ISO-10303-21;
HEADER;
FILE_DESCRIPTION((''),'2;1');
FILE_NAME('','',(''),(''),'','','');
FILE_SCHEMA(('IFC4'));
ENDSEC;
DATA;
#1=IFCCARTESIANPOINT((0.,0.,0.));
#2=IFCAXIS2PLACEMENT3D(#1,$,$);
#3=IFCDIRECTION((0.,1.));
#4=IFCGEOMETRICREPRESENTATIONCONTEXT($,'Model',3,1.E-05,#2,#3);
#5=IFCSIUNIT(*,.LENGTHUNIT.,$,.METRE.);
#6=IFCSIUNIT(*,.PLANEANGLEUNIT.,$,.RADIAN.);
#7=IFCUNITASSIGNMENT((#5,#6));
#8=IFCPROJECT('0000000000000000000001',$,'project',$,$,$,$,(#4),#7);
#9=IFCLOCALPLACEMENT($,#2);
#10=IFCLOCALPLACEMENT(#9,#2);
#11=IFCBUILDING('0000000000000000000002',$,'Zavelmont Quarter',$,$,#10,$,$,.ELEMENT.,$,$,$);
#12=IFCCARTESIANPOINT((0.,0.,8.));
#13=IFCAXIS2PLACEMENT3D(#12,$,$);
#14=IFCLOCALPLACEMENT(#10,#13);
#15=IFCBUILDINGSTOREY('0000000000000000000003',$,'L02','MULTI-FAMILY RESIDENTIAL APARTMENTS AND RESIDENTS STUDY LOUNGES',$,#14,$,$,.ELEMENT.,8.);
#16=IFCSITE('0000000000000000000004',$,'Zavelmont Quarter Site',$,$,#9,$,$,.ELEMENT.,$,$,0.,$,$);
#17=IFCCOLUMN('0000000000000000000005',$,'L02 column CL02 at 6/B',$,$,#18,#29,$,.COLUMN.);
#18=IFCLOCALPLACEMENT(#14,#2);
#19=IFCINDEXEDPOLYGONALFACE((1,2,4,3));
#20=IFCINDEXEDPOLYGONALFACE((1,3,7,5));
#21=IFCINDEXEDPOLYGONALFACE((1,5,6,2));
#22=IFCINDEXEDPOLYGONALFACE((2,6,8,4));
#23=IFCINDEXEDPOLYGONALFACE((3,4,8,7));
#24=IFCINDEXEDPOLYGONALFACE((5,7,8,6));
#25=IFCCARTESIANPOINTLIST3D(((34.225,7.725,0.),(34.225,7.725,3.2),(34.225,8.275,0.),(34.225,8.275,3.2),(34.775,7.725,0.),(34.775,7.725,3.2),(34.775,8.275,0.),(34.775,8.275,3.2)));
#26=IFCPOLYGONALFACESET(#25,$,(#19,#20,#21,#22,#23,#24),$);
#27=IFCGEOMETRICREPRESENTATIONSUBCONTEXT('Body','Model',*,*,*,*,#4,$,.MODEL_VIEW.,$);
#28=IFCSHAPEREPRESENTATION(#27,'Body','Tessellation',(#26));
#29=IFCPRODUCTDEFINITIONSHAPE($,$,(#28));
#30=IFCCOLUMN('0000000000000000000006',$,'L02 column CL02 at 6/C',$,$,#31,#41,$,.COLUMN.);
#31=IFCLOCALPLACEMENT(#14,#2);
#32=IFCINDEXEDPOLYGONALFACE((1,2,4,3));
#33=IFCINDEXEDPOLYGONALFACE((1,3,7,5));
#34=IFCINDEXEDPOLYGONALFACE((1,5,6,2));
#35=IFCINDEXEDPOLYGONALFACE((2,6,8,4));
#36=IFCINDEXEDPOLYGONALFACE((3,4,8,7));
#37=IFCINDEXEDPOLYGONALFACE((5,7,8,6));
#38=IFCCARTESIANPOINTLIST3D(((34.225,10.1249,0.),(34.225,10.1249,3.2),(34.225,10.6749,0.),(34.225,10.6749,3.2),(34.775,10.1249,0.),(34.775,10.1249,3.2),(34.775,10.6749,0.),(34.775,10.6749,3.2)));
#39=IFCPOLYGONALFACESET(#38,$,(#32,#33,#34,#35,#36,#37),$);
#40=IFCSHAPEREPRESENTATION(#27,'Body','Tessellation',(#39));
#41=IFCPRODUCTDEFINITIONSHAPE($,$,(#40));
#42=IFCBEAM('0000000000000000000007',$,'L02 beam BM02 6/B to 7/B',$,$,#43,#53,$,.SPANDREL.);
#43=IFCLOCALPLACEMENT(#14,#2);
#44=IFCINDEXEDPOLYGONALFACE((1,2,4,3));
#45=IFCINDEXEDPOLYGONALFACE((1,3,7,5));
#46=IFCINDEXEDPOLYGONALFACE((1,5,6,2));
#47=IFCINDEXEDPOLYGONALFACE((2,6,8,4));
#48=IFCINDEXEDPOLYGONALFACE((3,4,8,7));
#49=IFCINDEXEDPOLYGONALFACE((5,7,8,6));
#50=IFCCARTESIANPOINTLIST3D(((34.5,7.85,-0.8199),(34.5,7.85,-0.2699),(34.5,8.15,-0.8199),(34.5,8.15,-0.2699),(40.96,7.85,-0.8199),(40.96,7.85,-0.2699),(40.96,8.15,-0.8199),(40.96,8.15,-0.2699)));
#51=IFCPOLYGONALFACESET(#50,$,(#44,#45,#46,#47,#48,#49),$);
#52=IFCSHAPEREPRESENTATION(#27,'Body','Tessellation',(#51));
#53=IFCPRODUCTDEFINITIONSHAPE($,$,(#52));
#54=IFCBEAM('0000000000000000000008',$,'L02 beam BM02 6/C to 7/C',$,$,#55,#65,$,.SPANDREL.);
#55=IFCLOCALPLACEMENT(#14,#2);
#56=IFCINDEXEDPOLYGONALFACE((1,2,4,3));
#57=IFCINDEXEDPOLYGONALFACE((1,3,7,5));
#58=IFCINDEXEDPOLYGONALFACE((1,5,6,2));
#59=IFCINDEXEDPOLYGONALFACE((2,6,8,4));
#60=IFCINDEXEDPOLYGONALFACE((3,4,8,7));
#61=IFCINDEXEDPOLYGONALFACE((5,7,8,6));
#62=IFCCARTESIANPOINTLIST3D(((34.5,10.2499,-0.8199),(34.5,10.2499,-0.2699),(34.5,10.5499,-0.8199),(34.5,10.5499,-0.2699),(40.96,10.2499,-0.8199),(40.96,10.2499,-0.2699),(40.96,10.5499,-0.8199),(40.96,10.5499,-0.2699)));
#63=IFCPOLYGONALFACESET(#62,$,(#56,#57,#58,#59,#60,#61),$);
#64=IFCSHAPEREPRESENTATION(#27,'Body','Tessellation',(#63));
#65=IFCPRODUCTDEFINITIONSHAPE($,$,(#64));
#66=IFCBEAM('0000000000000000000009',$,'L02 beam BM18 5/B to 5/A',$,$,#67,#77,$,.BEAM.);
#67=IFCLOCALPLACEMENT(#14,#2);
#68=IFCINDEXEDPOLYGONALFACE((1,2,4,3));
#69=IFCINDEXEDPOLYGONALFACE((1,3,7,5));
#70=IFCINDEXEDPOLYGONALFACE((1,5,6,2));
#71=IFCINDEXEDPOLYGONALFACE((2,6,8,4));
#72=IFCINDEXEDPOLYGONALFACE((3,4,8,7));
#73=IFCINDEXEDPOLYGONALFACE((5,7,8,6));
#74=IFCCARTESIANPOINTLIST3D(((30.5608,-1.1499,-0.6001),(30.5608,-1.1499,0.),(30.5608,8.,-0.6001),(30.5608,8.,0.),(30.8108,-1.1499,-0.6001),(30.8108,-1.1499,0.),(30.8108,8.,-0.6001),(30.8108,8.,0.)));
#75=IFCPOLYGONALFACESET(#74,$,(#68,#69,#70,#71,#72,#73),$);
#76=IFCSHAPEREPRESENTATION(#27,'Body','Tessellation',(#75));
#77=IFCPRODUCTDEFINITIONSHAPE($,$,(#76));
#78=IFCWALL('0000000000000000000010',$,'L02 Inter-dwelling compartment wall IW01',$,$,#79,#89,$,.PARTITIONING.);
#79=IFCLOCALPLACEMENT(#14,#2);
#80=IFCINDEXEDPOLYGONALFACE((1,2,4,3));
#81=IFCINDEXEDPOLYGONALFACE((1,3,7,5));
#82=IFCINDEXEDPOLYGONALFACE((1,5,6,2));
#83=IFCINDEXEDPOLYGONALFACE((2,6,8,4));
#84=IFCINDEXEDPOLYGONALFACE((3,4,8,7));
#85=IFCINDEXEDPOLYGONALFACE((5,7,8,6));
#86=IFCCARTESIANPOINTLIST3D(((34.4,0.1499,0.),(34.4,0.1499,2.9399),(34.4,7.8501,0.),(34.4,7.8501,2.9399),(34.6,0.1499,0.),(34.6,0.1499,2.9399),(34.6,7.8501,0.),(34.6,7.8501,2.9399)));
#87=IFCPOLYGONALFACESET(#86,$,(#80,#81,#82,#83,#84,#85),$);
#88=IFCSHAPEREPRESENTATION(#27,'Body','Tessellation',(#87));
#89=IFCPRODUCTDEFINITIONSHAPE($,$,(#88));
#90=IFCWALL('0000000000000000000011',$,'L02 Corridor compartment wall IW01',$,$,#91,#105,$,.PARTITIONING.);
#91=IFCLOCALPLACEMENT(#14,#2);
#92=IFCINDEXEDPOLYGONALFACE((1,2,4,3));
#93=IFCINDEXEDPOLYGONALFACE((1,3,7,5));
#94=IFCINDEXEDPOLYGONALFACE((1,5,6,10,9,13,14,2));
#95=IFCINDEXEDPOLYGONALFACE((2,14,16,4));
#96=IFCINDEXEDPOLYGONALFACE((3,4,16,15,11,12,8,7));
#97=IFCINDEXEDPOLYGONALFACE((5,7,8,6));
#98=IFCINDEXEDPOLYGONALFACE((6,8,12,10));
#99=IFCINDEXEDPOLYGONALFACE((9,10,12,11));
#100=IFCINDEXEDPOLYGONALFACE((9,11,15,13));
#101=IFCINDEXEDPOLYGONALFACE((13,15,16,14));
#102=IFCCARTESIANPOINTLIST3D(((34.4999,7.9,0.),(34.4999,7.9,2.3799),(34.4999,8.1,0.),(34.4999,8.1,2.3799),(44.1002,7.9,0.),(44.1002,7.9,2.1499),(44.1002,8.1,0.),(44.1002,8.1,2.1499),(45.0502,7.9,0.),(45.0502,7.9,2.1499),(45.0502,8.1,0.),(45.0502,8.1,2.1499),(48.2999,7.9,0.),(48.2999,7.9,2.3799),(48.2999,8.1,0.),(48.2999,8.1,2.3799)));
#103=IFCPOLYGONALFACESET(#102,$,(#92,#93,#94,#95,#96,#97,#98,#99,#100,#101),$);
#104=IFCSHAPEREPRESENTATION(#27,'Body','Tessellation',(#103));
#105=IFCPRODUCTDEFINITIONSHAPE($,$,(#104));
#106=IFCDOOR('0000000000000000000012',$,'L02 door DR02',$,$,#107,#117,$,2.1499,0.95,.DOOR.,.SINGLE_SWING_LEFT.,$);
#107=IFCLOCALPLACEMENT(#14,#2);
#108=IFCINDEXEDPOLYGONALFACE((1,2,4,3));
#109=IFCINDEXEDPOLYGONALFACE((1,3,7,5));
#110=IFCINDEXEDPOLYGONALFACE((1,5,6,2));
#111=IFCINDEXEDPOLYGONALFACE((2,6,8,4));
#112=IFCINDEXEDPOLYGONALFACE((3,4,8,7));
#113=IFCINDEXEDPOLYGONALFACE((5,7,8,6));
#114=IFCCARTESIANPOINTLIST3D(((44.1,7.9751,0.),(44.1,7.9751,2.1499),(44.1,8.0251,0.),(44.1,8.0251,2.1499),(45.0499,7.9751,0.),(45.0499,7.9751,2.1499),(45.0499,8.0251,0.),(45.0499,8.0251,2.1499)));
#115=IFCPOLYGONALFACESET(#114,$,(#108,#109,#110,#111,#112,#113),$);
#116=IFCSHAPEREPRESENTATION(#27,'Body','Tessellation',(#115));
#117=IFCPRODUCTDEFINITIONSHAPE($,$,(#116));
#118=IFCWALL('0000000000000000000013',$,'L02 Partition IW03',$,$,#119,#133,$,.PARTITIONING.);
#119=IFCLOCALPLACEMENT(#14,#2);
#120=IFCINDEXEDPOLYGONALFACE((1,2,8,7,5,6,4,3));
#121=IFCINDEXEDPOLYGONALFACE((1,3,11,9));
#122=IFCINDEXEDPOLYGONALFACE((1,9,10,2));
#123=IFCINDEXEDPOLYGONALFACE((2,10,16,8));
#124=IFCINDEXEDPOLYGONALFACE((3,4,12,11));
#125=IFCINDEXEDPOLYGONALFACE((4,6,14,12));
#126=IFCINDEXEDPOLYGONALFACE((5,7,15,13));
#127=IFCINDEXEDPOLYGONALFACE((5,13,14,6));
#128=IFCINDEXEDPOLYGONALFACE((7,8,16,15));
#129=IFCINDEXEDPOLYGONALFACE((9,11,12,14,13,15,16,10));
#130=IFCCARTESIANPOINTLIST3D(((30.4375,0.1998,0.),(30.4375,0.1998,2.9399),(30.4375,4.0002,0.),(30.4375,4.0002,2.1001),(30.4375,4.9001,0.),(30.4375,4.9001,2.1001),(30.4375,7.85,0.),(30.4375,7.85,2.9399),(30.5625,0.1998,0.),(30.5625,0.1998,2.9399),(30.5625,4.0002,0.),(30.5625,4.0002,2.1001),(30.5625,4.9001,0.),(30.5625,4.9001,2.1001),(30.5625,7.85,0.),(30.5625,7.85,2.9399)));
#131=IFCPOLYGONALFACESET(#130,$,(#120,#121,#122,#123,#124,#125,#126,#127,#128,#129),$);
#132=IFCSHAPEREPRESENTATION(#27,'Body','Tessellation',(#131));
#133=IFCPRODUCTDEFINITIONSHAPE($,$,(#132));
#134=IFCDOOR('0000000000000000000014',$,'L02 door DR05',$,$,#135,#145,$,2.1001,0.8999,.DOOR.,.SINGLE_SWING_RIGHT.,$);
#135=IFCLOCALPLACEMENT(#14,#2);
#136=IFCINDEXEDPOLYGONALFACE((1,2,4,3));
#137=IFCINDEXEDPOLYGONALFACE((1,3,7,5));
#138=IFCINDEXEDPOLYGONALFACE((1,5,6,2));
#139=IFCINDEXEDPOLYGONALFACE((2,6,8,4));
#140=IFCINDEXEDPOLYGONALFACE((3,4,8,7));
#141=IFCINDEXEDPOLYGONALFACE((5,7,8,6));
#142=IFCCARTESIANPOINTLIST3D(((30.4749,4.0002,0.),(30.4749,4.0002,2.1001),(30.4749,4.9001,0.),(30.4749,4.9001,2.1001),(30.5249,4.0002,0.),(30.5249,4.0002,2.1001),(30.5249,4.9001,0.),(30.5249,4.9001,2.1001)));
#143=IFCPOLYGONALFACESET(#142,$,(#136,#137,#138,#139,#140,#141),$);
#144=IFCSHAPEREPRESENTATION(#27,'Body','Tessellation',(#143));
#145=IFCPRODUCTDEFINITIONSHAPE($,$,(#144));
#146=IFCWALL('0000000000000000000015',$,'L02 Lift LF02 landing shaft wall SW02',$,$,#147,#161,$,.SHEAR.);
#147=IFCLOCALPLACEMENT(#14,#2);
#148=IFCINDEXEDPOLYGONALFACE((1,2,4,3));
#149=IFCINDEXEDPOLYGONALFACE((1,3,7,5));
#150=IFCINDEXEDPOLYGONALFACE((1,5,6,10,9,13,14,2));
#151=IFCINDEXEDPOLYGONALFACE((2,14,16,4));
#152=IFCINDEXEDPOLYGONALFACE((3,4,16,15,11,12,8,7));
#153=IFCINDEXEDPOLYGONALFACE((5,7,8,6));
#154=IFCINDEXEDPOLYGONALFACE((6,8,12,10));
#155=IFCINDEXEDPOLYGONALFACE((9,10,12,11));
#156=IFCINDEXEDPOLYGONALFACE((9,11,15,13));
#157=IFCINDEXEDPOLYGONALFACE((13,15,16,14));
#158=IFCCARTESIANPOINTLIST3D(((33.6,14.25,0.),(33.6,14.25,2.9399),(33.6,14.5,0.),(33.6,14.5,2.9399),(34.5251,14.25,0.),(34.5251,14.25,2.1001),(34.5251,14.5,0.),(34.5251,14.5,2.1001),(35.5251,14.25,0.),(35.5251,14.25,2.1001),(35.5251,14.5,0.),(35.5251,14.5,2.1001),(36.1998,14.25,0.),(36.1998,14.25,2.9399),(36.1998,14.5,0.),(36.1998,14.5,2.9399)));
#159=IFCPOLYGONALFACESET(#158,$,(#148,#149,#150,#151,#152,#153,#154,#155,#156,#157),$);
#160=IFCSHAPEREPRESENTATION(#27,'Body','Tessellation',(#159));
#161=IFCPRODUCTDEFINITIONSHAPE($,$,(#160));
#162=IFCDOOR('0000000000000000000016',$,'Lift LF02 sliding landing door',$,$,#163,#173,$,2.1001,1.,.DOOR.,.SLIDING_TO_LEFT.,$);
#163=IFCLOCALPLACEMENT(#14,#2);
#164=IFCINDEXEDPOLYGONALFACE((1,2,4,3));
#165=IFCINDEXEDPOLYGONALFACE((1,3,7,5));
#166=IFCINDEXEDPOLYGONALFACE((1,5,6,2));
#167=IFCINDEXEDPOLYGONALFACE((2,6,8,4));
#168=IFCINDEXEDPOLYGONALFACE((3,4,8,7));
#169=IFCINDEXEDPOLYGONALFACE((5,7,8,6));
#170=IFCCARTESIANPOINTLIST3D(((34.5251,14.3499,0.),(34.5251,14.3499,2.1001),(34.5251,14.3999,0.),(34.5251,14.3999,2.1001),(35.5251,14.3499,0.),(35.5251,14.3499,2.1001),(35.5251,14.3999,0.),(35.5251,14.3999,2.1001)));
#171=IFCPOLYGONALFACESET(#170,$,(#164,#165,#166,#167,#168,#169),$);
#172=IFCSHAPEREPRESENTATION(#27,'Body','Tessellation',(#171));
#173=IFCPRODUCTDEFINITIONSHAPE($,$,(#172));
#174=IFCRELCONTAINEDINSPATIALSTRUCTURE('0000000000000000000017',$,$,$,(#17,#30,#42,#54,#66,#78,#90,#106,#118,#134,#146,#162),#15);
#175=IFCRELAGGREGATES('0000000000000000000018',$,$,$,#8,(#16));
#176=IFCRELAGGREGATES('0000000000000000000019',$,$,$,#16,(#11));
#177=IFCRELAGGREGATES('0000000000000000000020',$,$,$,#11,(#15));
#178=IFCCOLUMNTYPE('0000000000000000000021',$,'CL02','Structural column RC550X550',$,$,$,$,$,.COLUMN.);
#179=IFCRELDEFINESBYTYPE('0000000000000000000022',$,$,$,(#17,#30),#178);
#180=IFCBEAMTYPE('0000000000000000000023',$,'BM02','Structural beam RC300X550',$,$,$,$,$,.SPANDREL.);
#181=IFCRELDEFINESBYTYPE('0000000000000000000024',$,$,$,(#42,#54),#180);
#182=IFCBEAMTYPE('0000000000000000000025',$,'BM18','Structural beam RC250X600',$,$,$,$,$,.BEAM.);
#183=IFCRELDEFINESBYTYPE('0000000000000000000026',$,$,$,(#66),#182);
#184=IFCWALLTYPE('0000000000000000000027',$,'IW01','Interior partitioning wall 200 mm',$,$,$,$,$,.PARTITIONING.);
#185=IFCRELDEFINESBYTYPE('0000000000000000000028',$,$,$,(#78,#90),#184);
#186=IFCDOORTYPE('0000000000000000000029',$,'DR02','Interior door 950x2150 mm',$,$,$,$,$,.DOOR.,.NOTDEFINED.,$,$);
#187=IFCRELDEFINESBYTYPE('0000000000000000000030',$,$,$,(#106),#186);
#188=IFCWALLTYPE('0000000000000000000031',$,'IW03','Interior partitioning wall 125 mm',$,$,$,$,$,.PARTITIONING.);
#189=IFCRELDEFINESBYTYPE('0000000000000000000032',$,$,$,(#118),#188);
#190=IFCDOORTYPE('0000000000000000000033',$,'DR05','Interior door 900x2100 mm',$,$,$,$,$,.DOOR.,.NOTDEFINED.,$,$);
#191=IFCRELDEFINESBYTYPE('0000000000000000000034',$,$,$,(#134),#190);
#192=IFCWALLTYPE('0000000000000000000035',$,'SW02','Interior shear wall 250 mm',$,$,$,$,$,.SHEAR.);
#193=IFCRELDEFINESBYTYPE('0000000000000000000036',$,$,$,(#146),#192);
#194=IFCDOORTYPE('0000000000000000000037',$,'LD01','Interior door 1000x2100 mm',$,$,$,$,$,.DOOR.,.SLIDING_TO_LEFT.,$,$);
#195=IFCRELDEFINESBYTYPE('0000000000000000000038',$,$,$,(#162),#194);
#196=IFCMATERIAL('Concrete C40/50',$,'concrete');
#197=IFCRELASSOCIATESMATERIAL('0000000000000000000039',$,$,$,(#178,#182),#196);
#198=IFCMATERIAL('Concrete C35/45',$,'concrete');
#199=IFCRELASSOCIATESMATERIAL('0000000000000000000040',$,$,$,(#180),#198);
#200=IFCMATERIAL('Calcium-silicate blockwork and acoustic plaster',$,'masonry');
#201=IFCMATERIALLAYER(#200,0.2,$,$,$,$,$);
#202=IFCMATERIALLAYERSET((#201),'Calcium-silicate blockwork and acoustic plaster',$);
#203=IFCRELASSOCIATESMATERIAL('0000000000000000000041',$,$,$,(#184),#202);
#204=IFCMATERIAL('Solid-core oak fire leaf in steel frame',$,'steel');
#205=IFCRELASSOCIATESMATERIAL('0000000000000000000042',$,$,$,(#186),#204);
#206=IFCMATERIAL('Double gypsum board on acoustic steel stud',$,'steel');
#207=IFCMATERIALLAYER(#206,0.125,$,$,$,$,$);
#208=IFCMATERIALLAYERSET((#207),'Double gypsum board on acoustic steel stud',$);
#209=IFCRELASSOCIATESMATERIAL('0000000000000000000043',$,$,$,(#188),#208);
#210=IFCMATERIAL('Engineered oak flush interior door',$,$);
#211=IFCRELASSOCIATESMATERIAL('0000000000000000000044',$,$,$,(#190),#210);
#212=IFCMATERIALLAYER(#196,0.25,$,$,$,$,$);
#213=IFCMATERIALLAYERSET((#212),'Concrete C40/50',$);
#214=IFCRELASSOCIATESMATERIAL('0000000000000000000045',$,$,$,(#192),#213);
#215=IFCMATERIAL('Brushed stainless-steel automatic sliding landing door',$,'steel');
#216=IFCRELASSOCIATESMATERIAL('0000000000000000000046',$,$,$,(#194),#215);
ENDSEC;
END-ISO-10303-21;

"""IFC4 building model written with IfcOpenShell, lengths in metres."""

from ifc_helpers import new_model, si_unit, direction, frame, frame_2d, origin, origin_with_axes, origin_2d, place, context, subcontext, project, spatial, rectangle, extrude, material, layer, layer_set, material_profile, profile_set, type_object, element, fill, save


model = new_model("IFC4")

# Units and contexts
model_context = context("Model", 3, precision=1e-05, world=origin(), true_north=direction((0.0, 1.0)))
body_context = subcontext(model_context, "Body", "Model", "MODEL_VIEW")
ifc_project = project(units=[si_unit("LENGTHUNIT", "METRE"), si_unit("PLANEANGLEUNIT", "RADIAN")], contexts=[model_context])

# Site, building, storey
site_placement = place(None, origin())
site = spatial("IfcSite", under=ifc_project, at=site_placement, Name="Zavelmont Quarter Site", CompositionType="ELEMENT", RefElevation=0.0)
building_placement = place(site_placement, origin())
building = spatial("IfcBuilding", under=site, at=building_placement, Name="Zavelmont Quarter", CompositionType="ELEMENT")
storey_placement = place(building_placement, frame((0.0, 0.0, 8.0)))
storey = spatial("IfcBuildingStorey", under=building, at=storey_placement, Name="L02", Description="MULTI-FAMILY RESIDENTIAL APARTMENTS AND RESIDENTS STUDY LOUNGES", CompositionType="ELEMENT", Elevation=8.0)

# Columns
ifc_material_1 = material(Name="Concrete C40/50", Category="concrete")
ifc_material_profile_1 = material_profile(ifc_material_1, rectangle(XDim=0.55, YDim=0.55, at=origin_2d()), Name="RC550X550")
ifc_profile_set_1 = profile_set([ifc_material_profile_1], Name="Concrete C40/50")
column_type = type_object("IfcColumnType", Name="CL02", Description="Structural column RC550X550", PredefinedType="COLUMN", material=ifc_profile_set_1)
for number, where, z_axis, x_axis, name in (
    (1, (34.5, 8.0, 0.0), (0.0, 0.0, 1.0), (1.0, 0.0, 0.0), "L02 column CL02 at 6/B"),
    (2, (34.5, 10.3999, 0.0), (0.0, 0.0, 1.0), (1.0, 0.0, 0.0), "L02 column CL02 at 6/C"),
):
    element("IfcColumn", number, at=place(storey_placement, frame(where, z_axis=z_axis, x_axis=x_axis)), inside=storey, type_object=column_type, Name=name, PredefinedType="COLUMN", context=body_context, shape_type="SweptSolid", body=[
        extrude(rectangle(XDim=0.55, YDim=0.55, at=origin_2d()), origin(), (0.0, 0.0, 1.0), 3.2),
    ])

# Beams
ifc_material_2 = material(Name="Concrete C35/45", Category="concrete")
ifc_material_profile_2 = material_profile(ifc_material_2, rectangle(XDim=0.3, YDim=0.55, at=origin_2d()), Name="RC300X550")
ifc_profile_set_2 = profile_set([ifc_material_profile_2], Name="Concrete C35/45")
beam_type_1 = type_object("IfcBeamType", Name="BM02", Description="Structural beam RC300X550", PredefinedType="SPANDREL", material=ifc_profile_set_2)
for number, where, z_axis, x_axis, name in (
    (3, (34.5, 8.0, -0.5449), (1.0, 0.0, 0.0), (0.0, 1.0, 0.0), "L02 beam BM02 6/B to 7/B"),
    (4, (34.5, 10.3999, -0.5449), (1.0, 0.0, 0.0), (0.0, 1.0, 0.0), "L02 beam BM02 6/C to 7/C"),
):
    element("IfcBeam", number, at=place(storey_placement, frame(where, z_axis=z_axis, x_axis=x_axis)), inside=storey, type_object=beam_type_1, Name=name, PredefinedType="SPANDREL", context=body_context, shape_type="SweptSolid", body=[
        extrude(rectangle(XDim=0.3, YDim=0.55, at=origin_2d()), origin(), (0.0, 0.0, 1.0), 6.46),
    ])
ifc_material_profile_3 = material_profile(ifc_material_1, rectangle(XDim=0.25, YDim=0.6001, at=origin_2d()), Name="RC250X600")
ifc_profile_set_3 = profile_set([ifc_material_profile_3], Name="Concrete C40/50")
beam_type_2 = type_object("IfcBeamType", Name="BM18", Description="Structural beam RC250X600", PredefinedType="BEAM", material=ifc_profile_set_3)
beam_placement = place(storey_placement, frame((30.6858, 8.0, -0.3), z_axis=(0.0, -1.0, 0.0), x_axis=(1.0, 0.0, 0.0)))
element("IfcBeam", 5, at=beam_placement, inside=storey, type_object=beam_type_2, Name="L02 beam BM18 5/B to 5/A", PredefinedType="BEAM", context=body_context, shape_type="SweptSolid", body=[
    extrude(rectangle(XDim=0.25, YDim=0.6001, at=origin_2d()), origin(), (0.0, 0.0, 1.0), 9.1499),
])

# Wall
ifc_material_3 = material(Name="Calcium-silicate blockwork and acoustic plaster", Category="masonry")
ifc_layer_1 = layer(ifc_material_3, 0.2)
ifc_layer_set_1 = layer_set([ifc_layer_1], Name="Calcium-silicate blockwork and acoustic plaster")
wall_type_1 = type_object("IfcWallType", Name="IW01", Description="Interior partitioning wall 200 mm", PredefinedType="PARTITIONING", material=ifc_layer_set_1)
wall_1_placement = place(storey_placement, frame((34.5, 7.8501, 0.0), z_axis=(0.0, 0.0, 1.0), x_axis=(0.0, -1.0, 0.0)))
element("IfcWall", 6, at=wall_1_placement, inside=storey, type_object=wall_type_1, Name="L02 Inter-dwelling compartment wall IW01", PredefinedType="PARTITIONING", context=body_context, shape_type="SweptSolid", body=[
    extrude(rectangle(XDim=7.7002, YDim=0.2, at=frame_2d((3.8501, 0.0))), origin(), (0.0, 0.0, 1.0), 2.9399),
])

# Wall, opening, door
wall_2_placement = place(storey_placement, frame((34.5, 8.0, 0.0), z_axis=(0.0, 0.0, 1.0), x_axis=(1.0, 0.0, 0.0)))
wall_2 = element("IfcWall", 7, at=wall_2_placement, inside=storey, type_object=wall_type_1, Name="L02 Corridor compartment wall IW01", PredefinedType="PARTITIONING", context=body_context, shape_type="SweptSolid", body=[
    extrude(rectangle(XDim=13.8, YDim=0.2, at=frame_2d((6.8999, 0.0))), origin(), (0.0, 0.0, 1.0), 2.3799),
])
opening_1_placement = place(wall_2_placement, frame((9.6001, 0.0, 0.0)))
opening_1 = element("IfcOpeningElement", 8, at=opening_1_placement, cuts=wall_2, PredefinedType="OPENING", context=body_context, shape_type="SweptSolid", body=[
    extrude(rectangle(XDim=0.95, YDim=2.1499, at=frame_2d((0.4751, 1.075))), frame((0.0, 0.1118, 0.0), z_axis=(0.0, -1.0, 0.0), x_axis=(1.0, 0.0, 0.0)), (0.0, 0.0, 1.0), 0.2239),
])
ifc_material_4 = material(Name="Solid-core oak fire leaf in steel frame", Category="steel")
door_type_1 = type_object("IfcDoorType", Name="DR02", Description="Interior door 950x2150 mm", OperationType="NOTDEFINED", PredefinedType="DOOR", material=ifc_material_4)
door_1_placement = place(opening_1_placement, frame((0.95, 0.0, 0.0), z_axis=(0.0, 0.0, 1.0), x_axis=(-1.0, 0.0, 0.0)))
door_1 = element("IfcDoor", 9, at=door_1_placement, inside=storey, type_object=door_type_1, Name="L02 door DR02", OperationType="SINGLE_SWING_LEFT", OverallHeight=2.1499, OverallWidth=0.95, PredefinedType="DOOR", context=body_context, shape_type="SweptSolid", body=[
    extrude(rectangle(XDim=0.95, YDim=2.1499, at=frame_2d((0.4751, 1.075))), frame((0.0, 0.0249, 0.0), z_axis=(0.0, -1.0, 0.0), x_axis=(1.0, 0.0, 0.0)), (0.0, 0.0, 1.0), 0.05),
])
fill(opening_1, door_1)

# Walls, openings, doors
ifc_material_5 = material(Name="Double gypsum board on acoustic steel stud", Category="steel")
ifc_layer_2 = layer(ifc_material_5, 0.125)
ifc_layer_set_2 = layer_set([ifc_layer_2], Name="Double gypsum board on acoustic steel stud")
wall_type_2 = type_object("IfcWallType", Name="IW03", Description="Interior partitioning wall 125 mm", PredefinedType="PARTITIONING", material=ifc_layer_set_2)
wall_3_placement = place(storey_placement, frame((30.5, 7.8501, 0.0), z_axis=(0.0, 0.0, 1.0), x_axis=(0.0, -1.0, 0.0)))
wall_3 = element("IfcWall", 10, at=wall_3_placement, inside=storey, type_object=wall_type_2, Name="L02 Partition IW03", PredefinedType="PARTITIONING", context=body_context, shape_type="SweptSolid", body=[
    extrude(rectangle(XDim=7.6501, YDim=0.125, at=frame_2d((3.8252, 0.0))), origin(), (0.0, 0.0, 1.0), 2.9399),
])
opening_2_placement = place(wall_3_placement, frame((2.95, 0.0, 0.0)))
opening_2 = element("IfcOpeningElement", 11, at=opening_2_placement, cuts=wall_3, PredefinedType="OPENING", context=body_context, shape_type="SweptSolid", body=[
    extrude(rectangle(XDim=0.8999, YDim=2.1001, at=frame_2d((0.45, 1.05))), frame((0.0, 0.0745, 0.0), z_axis=(0.0, -1.0, 0.0), x_axis=(1.0, 0.0, 0.0)), (0.0, 0.0, 1.0), 0.1489),
])
ifc_material_6 = material(Name="Engineered oak flush interior door")
door_type_2 = type_object("IfcDoorType", Name="DR05", Description="Interior door 900x2100 mm", OperationType="NOTDEFINED", PredefinedType="DOOR", material=ifc_material_6)
door_2_placement = place(opening_2_placement, origin_with_axes())
door_2 = element("IfcDoor", 12, at=door_2_placement, inside=storey, type_object=door_type_2, Name="L02 door DR05", OperationType="SINGLE_SWING_RIGHT", OverallHeight=2.1001, OverallWidth=0.8999, PredefinedType="DOOR", context=body_context, shape_type="SweptSolid", body=[
    extrude(rectangle(XDim=0.8999, YDim=2.1001, at=frame_2d((0.45, 1.05))), frame((0.0, 0.0249, 0.0), z_axis=(0.0, -1.0, 0.0), x_axis=(1.0, 0.0, 0.0)), (0.0, 0.0, 1.0), 0.05),
])
fill(opening_2, door_2)
ifc_layer_3 = layer(ifc_material_1, 0.25)
ifc_layer_set_3 = layer_set([ifc_layer_3], Name="Concrete C40/50")
wall_type_3 = type_object("IfcWallType", Name="SW02", Description="Interior shear wall 250 mm", PredefinedType="SHEAR", material=ifc_layer_set_3)
wall_4_placement = place(storey_placement, frame((33.6001, 14.375, 0.0), z_axis=(0.0, 0.0, 1.0), x_axis=(1.0, 0.0, 0.0)))
wall_4 = element("IfcWall", 13, at=wall_4_placement, inside=storey, type_object=wall_type_3, Name="L02 Lift LF02 landing shaft wall SW02", PredefinedType="SHEAR", context=body_context, shape_type="SweptSolid", body=[
    extrude(rectangle(XDim=2.5999, YDim=0.25, at=frame_2d((1.2998, 0.0))), origin(), (0.0, 0.0, 1.0), 2.9399),
])
opening_3_placement = place(wall_4_placement, frame((0.925, 0.0, 0.0)))
opening_3 = element("IfcOpeningElement", 14, at=opening_3_placement, cuts=wall_4, PredefinedType="OPENING", context=body_context, shape_type="SweptSolid", body=[
    extrude(rectangle(XDim=1.0, YDim=2.1001, at=frame_2d((0.5, 1.05))), frame((0.0, 0.137, 0.0), z_axis=(0.0, -1.0, 0.0), x_axis=(1.0, 0.0, 0.0)), (0.0, 0.0, 1.0), 0.2739),
])
ifc_material_7 = material(Name="Brushed stainless-steel automatic sliding landing door", Category="steel")
door_type_3 = type_object("IfcDoorType", Name="LD01", Description="Interior door 1000x2100 mm", OperationType="SLIDING_TO_LEFT", PredefinedType="DOOR", material=ifc_material_7)
door_3_placement = place(opening_3_placement, origin_with_axes())
door_3 = element("IfcDoor", 15, at=door_3_placement, inside=storey, type_object=door_type_3, Name="Lift LF02 sliding landing door", OperationType="SLIDING_TO_LEFT", OverallHeight=2.1001, OverallWidth=1.0, PredefinedType="DOOR", context=body_context, shape_type="SweptSolid", body=[
    extrude(rectangle(XDim=1.0, YDim=2.1001, at=frame_2d((0.5, 1.05))), frame((0.0, 0.0249, 0.0), z_axis=(0.0, -1.0, 0.0), x_axis=(1.0, 0.0, 0.0)), (0.0, 0.0, 1.0), 0.05),
])
fill(opening_3, door_3)

save(model, "model.ifc")
